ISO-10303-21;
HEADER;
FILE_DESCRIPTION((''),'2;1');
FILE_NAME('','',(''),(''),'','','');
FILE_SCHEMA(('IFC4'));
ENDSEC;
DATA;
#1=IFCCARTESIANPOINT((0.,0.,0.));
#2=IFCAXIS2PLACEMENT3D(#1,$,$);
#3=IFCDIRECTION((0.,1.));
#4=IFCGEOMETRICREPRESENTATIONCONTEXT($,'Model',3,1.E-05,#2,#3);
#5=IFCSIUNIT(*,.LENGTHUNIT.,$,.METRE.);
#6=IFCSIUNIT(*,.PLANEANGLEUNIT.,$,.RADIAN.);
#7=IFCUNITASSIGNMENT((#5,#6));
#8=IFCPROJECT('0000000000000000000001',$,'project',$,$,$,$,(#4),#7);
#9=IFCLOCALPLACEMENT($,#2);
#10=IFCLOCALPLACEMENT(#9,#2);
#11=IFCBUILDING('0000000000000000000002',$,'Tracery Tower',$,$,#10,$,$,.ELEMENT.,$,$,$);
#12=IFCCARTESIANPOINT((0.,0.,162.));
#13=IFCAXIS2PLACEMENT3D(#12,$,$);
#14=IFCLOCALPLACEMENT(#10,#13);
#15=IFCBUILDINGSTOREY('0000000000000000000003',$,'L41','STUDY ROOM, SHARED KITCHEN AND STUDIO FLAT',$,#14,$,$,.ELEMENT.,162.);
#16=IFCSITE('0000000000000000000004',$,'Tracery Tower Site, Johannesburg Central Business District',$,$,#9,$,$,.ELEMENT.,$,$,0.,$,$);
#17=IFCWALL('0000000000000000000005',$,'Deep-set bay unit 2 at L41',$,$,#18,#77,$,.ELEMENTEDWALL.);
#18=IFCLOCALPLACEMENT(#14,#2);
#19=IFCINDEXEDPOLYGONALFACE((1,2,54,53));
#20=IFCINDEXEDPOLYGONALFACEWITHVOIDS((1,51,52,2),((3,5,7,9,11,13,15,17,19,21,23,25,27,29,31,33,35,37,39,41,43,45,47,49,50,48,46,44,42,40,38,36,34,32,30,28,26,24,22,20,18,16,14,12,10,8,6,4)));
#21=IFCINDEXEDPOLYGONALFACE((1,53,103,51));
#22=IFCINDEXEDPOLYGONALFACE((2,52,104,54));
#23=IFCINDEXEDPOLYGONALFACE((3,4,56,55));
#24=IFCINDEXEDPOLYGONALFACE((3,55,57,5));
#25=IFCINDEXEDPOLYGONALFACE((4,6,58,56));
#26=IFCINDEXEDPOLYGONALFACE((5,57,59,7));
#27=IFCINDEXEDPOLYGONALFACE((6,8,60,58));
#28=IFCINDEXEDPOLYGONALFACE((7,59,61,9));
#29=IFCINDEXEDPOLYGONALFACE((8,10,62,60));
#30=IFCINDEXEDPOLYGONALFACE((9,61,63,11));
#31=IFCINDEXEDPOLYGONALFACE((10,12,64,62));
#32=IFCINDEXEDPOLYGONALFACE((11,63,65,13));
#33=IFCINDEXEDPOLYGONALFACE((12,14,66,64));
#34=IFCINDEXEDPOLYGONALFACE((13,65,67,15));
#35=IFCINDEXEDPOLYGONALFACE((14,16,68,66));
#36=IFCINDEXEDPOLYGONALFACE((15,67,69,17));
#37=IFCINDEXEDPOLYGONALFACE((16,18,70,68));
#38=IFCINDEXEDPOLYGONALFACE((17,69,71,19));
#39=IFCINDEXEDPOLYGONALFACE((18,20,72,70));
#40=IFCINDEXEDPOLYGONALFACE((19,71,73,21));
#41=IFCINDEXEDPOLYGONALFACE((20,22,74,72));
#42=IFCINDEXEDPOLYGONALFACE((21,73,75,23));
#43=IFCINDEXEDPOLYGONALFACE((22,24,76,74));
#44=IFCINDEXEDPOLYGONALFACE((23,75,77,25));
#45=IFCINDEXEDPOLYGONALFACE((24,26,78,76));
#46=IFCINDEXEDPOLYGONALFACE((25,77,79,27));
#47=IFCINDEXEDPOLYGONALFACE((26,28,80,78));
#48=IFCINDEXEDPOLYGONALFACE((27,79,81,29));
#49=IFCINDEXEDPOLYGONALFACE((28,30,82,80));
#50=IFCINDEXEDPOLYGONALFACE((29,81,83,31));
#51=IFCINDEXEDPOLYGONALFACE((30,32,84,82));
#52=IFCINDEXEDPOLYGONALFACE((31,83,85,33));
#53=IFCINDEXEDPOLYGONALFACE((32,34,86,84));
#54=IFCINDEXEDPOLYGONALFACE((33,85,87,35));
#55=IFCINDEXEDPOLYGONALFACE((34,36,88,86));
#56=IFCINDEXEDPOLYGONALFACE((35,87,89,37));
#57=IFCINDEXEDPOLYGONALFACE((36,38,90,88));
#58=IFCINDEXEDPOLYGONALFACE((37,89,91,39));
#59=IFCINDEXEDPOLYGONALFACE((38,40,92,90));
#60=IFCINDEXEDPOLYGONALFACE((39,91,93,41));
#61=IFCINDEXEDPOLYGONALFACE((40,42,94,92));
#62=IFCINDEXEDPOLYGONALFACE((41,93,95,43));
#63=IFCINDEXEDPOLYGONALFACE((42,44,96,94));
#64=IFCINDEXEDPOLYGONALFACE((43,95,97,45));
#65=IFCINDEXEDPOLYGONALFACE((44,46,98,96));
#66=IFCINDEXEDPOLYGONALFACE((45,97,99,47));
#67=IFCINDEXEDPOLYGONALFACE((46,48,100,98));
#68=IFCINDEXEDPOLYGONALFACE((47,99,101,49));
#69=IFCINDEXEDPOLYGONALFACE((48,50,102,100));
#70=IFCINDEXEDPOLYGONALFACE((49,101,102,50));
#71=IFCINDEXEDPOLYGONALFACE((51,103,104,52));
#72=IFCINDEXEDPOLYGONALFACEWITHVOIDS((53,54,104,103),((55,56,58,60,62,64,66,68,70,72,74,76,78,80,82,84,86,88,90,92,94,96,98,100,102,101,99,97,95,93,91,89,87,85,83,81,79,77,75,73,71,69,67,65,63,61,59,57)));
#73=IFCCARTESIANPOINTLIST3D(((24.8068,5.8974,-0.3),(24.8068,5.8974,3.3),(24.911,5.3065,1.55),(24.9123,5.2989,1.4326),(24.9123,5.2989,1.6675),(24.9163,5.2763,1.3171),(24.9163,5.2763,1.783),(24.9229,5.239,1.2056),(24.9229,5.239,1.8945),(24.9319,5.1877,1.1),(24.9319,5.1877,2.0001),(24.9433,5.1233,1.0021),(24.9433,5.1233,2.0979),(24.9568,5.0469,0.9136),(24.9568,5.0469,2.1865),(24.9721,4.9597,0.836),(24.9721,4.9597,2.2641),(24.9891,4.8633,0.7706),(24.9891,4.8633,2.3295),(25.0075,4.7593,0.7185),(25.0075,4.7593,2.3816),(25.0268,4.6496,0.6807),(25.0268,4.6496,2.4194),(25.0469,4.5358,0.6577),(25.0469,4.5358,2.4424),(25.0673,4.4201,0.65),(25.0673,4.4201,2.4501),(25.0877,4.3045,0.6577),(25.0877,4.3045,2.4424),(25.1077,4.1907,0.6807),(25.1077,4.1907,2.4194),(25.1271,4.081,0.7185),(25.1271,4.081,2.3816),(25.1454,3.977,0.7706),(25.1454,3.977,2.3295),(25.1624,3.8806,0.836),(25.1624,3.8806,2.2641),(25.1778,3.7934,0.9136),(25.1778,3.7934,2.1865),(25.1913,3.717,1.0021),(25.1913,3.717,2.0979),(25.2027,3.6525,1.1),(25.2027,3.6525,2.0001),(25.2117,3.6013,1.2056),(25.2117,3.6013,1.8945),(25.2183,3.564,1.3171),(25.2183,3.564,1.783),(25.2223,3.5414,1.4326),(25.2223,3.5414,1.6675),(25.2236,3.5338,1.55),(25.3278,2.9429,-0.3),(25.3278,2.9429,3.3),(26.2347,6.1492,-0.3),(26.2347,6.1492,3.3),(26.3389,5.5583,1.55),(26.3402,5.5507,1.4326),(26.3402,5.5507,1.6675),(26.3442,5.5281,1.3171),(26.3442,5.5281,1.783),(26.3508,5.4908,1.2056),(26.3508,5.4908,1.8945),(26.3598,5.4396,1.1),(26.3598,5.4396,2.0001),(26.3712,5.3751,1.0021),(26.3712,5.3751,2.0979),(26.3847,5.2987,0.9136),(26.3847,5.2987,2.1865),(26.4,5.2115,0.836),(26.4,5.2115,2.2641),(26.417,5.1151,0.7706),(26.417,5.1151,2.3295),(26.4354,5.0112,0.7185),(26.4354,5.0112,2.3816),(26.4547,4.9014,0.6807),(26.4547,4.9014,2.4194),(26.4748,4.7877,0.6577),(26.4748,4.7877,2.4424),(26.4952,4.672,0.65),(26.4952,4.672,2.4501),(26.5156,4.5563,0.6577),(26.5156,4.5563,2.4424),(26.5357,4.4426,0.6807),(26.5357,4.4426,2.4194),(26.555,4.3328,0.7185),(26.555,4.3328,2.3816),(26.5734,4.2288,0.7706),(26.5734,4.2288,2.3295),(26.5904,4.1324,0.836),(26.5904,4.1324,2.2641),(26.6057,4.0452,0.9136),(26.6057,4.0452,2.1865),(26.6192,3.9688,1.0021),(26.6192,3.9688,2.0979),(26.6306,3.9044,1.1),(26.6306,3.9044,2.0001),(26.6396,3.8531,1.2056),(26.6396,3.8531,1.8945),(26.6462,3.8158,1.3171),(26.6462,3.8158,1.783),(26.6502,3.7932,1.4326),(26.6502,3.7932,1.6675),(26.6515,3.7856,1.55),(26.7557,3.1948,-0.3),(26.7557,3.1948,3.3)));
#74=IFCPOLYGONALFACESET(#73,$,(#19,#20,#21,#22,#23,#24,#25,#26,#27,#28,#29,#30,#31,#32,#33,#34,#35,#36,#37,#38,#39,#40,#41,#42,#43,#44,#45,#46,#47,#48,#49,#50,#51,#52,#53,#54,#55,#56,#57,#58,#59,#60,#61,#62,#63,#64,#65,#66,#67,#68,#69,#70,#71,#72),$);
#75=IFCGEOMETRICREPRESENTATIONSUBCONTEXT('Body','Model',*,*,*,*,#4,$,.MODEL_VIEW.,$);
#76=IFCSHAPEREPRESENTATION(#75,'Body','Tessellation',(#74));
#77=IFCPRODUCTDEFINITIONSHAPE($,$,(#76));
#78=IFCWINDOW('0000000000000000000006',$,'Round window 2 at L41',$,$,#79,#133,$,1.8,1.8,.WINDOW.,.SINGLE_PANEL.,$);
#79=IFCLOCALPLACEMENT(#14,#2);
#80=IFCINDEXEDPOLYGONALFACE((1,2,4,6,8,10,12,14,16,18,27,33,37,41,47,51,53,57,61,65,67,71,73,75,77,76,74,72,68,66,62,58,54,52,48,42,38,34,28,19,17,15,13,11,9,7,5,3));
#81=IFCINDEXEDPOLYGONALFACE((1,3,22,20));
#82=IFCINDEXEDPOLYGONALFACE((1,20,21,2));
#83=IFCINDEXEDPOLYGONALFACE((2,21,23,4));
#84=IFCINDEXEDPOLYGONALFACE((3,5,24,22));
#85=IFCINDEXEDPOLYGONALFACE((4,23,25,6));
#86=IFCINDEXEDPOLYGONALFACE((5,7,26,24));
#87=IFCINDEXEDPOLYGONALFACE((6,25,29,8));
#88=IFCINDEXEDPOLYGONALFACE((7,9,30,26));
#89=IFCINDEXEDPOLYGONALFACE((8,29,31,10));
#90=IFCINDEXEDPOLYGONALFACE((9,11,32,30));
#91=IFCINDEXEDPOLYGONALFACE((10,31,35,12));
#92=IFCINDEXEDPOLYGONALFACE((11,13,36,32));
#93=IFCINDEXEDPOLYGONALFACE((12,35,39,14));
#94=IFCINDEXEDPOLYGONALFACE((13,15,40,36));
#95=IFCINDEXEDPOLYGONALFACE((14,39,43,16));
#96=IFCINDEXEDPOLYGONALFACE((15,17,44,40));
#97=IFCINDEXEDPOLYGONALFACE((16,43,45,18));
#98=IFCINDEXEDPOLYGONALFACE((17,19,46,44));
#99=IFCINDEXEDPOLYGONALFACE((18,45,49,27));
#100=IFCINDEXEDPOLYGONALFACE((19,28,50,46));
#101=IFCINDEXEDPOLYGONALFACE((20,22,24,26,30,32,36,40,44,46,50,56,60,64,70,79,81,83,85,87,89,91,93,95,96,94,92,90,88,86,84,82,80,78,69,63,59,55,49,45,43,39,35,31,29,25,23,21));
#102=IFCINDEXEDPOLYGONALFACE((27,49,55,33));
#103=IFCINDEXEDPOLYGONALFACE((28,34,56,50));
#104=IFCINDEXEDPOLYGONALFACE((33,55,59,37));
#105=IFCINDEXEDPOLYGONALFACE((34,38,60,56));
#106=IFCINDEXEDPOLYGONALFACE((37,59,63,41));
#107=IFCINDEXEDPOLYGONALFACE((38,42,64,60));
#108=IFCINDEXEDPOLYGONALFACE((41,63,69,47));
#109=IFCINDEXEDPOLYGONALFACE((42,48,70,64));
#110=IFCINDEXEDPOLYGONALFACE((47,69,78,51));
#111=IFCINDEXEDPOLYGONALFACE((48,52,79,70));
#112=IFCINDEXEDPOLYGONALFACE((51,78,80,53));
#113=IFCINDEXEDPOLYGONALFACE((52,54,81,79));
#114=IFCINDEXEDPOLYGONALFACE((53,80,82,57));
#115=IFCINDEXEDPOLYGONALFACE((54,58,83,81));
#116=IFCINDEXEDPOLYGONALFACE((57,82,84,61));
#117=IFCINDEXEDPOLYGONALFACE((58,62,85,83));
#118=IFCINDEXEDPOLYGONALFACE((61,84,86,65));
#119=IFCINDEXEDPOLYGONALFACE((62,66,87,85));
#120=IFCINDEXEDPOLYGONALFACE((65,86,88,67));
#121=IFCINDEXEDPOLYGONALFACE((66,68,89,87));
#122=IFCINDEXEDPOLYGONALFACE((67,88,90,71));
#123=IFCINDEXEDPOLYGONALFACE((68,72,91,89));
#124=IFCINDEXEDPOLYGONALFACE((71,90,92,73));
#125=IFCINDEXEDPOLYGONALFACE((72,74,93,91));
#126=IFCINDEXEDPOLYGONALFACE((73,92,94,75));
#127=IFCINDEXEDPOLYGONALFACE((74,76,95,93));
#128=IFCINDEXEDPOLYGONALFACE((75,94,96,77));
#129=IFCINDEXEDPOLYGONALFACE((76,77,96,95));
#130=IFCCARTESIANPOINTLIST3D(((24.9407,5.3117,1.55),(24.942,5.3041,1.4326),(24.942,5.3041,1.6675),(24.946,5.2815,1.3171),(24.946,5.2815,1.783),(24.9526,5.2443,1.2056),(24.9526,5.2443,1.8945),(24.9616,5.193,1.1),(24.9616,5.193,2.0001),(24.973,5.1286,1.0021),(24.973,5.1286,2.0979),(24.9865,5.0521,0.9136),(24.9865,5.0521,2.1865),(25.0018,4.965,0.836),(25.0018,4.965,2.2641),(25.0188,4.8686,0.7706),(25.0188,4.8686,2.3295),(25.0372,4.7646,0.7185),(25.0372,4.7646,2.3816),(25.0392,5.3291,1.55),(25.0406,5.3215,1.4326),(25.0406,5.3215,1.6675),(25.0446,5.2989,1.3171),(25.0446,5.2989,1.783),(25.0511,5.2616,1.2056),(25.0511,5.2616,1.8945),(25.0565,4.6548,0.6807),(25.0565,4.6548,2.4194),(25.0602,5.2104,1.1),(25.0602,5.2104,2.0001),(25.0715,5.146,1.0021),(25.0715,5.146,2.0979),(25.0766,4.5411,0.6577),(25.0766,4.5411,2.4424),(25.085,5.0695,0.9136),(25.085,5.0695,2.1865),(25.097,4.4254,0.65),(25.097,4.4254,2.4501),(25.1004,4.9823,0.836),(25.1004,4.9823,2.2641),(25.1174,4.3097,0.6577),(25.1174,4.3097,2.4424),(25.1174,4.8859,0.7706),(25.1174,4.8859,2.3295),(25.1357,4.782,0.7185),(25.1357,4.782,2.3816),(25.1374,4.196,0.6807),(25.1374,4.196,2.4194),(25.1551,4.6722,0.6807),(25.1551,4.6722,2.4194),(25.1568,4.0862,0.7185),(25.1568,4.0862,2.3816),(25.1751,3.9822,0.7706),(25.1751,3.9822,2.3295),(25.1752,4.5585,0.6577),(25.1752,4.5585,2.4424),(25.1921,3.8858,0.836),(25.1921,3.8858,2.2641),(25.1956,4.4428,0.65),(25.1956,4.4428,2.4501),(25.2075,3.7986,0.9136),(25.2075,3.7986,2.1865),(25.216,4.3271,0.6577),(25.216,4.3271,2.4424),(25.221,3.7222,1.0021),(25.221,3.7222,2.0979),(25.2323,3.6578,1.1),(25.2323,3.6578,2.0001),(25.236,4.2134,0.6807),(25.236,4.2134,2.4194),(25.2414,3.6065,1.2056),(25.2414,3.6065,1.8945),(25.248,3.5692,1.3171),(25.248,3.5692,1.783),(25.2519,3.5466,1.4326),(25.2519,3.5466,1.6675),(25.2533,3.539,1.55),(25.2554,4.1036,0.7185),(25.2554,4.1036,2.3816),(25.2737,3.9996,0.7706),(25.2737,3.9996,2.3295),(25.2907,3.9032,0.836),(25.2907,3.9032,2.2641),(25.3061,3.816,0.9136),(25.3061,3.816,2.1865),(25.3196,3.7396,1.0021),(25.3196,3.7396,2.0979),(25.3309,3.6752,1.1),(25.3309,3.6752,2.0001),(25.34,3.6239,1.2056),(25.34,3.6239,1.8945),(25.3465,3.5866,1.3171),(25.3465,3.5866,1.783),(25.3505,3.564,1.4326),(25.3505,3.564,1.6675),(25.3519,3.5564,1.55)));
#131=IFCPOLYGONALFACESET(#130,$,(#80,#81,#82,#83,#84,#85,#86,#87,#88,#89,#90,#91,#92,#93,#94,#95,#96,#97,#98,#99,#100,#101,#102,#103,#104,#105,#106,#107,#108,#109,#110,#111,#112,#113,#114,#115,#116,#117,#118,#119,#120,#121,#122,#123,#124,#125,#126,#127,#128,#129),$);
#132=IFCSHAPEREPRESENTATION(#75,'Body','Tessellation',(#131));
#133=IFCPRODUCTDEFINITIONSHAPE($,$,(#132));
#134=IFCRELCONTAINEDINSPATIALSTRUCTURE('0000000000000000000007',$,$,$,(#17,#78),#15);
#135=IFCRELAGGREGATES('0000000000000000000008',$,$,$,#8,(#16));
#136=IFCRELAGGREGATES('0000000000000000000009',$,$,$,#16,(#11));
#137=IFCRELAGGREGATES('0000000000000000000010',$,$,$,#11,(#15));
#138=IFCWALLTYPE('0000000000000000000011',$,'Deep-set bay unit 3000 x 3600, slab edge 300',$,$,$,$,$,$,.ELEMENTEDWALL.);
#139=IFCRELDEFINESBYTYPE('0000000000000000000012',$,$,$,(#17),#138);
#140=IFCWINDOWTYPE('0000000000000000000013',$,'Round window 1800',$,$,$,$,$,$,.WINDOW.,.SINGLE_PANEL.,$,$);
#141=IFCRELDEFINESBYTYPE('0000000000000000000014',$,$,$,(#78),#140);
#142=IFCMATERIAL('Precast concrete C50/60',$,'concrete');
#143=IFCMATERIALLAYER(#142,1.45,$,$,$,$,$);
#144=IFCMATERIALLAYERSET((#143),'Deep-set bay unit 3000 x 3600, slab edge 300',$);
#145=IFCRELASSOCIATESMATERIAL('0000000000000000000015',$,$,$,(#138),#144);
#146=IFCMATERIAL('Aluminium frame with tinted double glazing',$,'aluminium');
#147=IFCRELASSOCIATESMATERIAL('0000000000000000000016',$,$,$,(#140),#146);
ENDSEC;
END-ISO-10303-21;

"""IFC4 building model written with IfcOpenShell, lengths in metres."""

from ifc_helpers import new_model, si_unit, direction, frame, frame_2d, origin, origin_2d, place, context, subcontext, project, spatial, rectangle, circle, extrude, material, layer, layer_set, type_object, element, fill, save


model = new_model("IFC4")

# Units and contexts
model_context = context("Model", 3, precision=1e-05, world=origin(), true_north=direction((0.0, 1.0)))
body_context = subcontext(model_context, "Body", "Model", "MODEL_VIEW")
ifc_project = project(units=[si_unit("LENGTHUNIT", "METRE"), si_unit("PLANEANGLEUNIT", "RADIAN")], contexts=[model_context])

# Site, building, storey
site_placement = place(None, origin())
site = spatial("IfcSite", under=ifc_project, at=site_placement, Name="Tracery Tower Site, Johannesburg Central Business District", CompositionType="ELEMENT", RefElevation=0.0)
building_placement = place(site_placement, origin())
building = spatial("IfcBuilding", under=site, at=building_placement, Name="Tracery Tower", CompositionType="ELEMENT")
storey_placement = place(building_placement, frame((0.0, 0.0, 162.0)))
storey = spatial("IfcBuildingStorey", under=building, at=storey_placement, Name="L41", Description="STUDY ROOM, SHARED KITCHEN AND STUDIO FLAT", CompositionType="ELEMENT", Elevation=162.0)

# Wall, opening, window
ifc_material_1 = material(Name="Precast concrete C50/60", Category="concrete")
ifc_layer_1 = layer(ifc_material_1, 1.45)
ifc_layer_set_1 = layer_set([ifc_layer_1], Name="Deep-set bay unit 3000 x 3600, slab edge 300")
wall_type_1 = type_object("IfcWallType", Name="Deep-set bay unit 3000 x 3600, slab edge 300", PredefinedType="ELEMENTEDWALL", material=ifc_layer_set_1)
wall_1_placement = place(storey_placement, frame((26.0417, 3.0688, -0.3), z_axis=(0.0, 0.0, 1.0), x_axis=(-0.173669, 0.984804, 0.0)))
wall_1 = element("IfcWall", 1, at=wall_1_placement, inside=storey, type_object=wall_type_1, Name="Deep-set bay unit 2 at L41", PredefinedType="ELEMENTEDWALL", context=body_context, shape_type="SweptSolid", body=[
    extrude(rectangle(XDim=3.0, YDim=1.45, at=frame_2d((1.5, 0.0))), origin(), (0.0, 0.0, 1.0), 3.6001),
])
opening_1_placement = place(wall_1_placement, frame((1.5, 0.0, 1.8501)))
opening_1 = element("IfcOpeningElement", 2, at=opening_1_placement, cuts=wall_1, PredefinedType="OPENING", context=body_context, shape_type="SweptSolid", body=[
    extrude(circle(Radius=0.9, at=origin_2d()), frame((0.0, 0.7349, 0.0), z_axis=(0.0, -1.0, 0.0), x_axis=(1.0, 0.0, 0.0)), (0.0, 0.0, 1.0), 1.47),
])
ifc_material_2 = material(Name="Aluminium frame with tinted double glazing", Category="aluminium")
window_type = type_object("IfcWindowType", Name="Round window 1800", PartitioningType="SINGLE_PANEL", PredefinedType="WINDOW", material=ifc_material_2)
window_1_placement = place(opening_1_placement, origin())
window_1 = element("IfcWindow", 3, at=window_1_placement, inside=storey, type_object=window_type, Name="Round window 2 at L41", OverallHeight=1.8, OverallWidth=1.8, PartitioningType="SINGLE_PANEL", PredefinedType="WINDOW", context=body_context, shape_type="SweptSolid", body=[
    extrude(circle(Radius=0.9, at=origin_2d()), frame((0.0, 0.6948, 0.0), z_axis=(0.0, -1.0, 0.0), x_axis=(1.0, 0.0, 0.0)), (0.0, 0.0, 1.0), 0.1001),
])
fill(opening_1, window_1)

save(model, "model.ifc")
